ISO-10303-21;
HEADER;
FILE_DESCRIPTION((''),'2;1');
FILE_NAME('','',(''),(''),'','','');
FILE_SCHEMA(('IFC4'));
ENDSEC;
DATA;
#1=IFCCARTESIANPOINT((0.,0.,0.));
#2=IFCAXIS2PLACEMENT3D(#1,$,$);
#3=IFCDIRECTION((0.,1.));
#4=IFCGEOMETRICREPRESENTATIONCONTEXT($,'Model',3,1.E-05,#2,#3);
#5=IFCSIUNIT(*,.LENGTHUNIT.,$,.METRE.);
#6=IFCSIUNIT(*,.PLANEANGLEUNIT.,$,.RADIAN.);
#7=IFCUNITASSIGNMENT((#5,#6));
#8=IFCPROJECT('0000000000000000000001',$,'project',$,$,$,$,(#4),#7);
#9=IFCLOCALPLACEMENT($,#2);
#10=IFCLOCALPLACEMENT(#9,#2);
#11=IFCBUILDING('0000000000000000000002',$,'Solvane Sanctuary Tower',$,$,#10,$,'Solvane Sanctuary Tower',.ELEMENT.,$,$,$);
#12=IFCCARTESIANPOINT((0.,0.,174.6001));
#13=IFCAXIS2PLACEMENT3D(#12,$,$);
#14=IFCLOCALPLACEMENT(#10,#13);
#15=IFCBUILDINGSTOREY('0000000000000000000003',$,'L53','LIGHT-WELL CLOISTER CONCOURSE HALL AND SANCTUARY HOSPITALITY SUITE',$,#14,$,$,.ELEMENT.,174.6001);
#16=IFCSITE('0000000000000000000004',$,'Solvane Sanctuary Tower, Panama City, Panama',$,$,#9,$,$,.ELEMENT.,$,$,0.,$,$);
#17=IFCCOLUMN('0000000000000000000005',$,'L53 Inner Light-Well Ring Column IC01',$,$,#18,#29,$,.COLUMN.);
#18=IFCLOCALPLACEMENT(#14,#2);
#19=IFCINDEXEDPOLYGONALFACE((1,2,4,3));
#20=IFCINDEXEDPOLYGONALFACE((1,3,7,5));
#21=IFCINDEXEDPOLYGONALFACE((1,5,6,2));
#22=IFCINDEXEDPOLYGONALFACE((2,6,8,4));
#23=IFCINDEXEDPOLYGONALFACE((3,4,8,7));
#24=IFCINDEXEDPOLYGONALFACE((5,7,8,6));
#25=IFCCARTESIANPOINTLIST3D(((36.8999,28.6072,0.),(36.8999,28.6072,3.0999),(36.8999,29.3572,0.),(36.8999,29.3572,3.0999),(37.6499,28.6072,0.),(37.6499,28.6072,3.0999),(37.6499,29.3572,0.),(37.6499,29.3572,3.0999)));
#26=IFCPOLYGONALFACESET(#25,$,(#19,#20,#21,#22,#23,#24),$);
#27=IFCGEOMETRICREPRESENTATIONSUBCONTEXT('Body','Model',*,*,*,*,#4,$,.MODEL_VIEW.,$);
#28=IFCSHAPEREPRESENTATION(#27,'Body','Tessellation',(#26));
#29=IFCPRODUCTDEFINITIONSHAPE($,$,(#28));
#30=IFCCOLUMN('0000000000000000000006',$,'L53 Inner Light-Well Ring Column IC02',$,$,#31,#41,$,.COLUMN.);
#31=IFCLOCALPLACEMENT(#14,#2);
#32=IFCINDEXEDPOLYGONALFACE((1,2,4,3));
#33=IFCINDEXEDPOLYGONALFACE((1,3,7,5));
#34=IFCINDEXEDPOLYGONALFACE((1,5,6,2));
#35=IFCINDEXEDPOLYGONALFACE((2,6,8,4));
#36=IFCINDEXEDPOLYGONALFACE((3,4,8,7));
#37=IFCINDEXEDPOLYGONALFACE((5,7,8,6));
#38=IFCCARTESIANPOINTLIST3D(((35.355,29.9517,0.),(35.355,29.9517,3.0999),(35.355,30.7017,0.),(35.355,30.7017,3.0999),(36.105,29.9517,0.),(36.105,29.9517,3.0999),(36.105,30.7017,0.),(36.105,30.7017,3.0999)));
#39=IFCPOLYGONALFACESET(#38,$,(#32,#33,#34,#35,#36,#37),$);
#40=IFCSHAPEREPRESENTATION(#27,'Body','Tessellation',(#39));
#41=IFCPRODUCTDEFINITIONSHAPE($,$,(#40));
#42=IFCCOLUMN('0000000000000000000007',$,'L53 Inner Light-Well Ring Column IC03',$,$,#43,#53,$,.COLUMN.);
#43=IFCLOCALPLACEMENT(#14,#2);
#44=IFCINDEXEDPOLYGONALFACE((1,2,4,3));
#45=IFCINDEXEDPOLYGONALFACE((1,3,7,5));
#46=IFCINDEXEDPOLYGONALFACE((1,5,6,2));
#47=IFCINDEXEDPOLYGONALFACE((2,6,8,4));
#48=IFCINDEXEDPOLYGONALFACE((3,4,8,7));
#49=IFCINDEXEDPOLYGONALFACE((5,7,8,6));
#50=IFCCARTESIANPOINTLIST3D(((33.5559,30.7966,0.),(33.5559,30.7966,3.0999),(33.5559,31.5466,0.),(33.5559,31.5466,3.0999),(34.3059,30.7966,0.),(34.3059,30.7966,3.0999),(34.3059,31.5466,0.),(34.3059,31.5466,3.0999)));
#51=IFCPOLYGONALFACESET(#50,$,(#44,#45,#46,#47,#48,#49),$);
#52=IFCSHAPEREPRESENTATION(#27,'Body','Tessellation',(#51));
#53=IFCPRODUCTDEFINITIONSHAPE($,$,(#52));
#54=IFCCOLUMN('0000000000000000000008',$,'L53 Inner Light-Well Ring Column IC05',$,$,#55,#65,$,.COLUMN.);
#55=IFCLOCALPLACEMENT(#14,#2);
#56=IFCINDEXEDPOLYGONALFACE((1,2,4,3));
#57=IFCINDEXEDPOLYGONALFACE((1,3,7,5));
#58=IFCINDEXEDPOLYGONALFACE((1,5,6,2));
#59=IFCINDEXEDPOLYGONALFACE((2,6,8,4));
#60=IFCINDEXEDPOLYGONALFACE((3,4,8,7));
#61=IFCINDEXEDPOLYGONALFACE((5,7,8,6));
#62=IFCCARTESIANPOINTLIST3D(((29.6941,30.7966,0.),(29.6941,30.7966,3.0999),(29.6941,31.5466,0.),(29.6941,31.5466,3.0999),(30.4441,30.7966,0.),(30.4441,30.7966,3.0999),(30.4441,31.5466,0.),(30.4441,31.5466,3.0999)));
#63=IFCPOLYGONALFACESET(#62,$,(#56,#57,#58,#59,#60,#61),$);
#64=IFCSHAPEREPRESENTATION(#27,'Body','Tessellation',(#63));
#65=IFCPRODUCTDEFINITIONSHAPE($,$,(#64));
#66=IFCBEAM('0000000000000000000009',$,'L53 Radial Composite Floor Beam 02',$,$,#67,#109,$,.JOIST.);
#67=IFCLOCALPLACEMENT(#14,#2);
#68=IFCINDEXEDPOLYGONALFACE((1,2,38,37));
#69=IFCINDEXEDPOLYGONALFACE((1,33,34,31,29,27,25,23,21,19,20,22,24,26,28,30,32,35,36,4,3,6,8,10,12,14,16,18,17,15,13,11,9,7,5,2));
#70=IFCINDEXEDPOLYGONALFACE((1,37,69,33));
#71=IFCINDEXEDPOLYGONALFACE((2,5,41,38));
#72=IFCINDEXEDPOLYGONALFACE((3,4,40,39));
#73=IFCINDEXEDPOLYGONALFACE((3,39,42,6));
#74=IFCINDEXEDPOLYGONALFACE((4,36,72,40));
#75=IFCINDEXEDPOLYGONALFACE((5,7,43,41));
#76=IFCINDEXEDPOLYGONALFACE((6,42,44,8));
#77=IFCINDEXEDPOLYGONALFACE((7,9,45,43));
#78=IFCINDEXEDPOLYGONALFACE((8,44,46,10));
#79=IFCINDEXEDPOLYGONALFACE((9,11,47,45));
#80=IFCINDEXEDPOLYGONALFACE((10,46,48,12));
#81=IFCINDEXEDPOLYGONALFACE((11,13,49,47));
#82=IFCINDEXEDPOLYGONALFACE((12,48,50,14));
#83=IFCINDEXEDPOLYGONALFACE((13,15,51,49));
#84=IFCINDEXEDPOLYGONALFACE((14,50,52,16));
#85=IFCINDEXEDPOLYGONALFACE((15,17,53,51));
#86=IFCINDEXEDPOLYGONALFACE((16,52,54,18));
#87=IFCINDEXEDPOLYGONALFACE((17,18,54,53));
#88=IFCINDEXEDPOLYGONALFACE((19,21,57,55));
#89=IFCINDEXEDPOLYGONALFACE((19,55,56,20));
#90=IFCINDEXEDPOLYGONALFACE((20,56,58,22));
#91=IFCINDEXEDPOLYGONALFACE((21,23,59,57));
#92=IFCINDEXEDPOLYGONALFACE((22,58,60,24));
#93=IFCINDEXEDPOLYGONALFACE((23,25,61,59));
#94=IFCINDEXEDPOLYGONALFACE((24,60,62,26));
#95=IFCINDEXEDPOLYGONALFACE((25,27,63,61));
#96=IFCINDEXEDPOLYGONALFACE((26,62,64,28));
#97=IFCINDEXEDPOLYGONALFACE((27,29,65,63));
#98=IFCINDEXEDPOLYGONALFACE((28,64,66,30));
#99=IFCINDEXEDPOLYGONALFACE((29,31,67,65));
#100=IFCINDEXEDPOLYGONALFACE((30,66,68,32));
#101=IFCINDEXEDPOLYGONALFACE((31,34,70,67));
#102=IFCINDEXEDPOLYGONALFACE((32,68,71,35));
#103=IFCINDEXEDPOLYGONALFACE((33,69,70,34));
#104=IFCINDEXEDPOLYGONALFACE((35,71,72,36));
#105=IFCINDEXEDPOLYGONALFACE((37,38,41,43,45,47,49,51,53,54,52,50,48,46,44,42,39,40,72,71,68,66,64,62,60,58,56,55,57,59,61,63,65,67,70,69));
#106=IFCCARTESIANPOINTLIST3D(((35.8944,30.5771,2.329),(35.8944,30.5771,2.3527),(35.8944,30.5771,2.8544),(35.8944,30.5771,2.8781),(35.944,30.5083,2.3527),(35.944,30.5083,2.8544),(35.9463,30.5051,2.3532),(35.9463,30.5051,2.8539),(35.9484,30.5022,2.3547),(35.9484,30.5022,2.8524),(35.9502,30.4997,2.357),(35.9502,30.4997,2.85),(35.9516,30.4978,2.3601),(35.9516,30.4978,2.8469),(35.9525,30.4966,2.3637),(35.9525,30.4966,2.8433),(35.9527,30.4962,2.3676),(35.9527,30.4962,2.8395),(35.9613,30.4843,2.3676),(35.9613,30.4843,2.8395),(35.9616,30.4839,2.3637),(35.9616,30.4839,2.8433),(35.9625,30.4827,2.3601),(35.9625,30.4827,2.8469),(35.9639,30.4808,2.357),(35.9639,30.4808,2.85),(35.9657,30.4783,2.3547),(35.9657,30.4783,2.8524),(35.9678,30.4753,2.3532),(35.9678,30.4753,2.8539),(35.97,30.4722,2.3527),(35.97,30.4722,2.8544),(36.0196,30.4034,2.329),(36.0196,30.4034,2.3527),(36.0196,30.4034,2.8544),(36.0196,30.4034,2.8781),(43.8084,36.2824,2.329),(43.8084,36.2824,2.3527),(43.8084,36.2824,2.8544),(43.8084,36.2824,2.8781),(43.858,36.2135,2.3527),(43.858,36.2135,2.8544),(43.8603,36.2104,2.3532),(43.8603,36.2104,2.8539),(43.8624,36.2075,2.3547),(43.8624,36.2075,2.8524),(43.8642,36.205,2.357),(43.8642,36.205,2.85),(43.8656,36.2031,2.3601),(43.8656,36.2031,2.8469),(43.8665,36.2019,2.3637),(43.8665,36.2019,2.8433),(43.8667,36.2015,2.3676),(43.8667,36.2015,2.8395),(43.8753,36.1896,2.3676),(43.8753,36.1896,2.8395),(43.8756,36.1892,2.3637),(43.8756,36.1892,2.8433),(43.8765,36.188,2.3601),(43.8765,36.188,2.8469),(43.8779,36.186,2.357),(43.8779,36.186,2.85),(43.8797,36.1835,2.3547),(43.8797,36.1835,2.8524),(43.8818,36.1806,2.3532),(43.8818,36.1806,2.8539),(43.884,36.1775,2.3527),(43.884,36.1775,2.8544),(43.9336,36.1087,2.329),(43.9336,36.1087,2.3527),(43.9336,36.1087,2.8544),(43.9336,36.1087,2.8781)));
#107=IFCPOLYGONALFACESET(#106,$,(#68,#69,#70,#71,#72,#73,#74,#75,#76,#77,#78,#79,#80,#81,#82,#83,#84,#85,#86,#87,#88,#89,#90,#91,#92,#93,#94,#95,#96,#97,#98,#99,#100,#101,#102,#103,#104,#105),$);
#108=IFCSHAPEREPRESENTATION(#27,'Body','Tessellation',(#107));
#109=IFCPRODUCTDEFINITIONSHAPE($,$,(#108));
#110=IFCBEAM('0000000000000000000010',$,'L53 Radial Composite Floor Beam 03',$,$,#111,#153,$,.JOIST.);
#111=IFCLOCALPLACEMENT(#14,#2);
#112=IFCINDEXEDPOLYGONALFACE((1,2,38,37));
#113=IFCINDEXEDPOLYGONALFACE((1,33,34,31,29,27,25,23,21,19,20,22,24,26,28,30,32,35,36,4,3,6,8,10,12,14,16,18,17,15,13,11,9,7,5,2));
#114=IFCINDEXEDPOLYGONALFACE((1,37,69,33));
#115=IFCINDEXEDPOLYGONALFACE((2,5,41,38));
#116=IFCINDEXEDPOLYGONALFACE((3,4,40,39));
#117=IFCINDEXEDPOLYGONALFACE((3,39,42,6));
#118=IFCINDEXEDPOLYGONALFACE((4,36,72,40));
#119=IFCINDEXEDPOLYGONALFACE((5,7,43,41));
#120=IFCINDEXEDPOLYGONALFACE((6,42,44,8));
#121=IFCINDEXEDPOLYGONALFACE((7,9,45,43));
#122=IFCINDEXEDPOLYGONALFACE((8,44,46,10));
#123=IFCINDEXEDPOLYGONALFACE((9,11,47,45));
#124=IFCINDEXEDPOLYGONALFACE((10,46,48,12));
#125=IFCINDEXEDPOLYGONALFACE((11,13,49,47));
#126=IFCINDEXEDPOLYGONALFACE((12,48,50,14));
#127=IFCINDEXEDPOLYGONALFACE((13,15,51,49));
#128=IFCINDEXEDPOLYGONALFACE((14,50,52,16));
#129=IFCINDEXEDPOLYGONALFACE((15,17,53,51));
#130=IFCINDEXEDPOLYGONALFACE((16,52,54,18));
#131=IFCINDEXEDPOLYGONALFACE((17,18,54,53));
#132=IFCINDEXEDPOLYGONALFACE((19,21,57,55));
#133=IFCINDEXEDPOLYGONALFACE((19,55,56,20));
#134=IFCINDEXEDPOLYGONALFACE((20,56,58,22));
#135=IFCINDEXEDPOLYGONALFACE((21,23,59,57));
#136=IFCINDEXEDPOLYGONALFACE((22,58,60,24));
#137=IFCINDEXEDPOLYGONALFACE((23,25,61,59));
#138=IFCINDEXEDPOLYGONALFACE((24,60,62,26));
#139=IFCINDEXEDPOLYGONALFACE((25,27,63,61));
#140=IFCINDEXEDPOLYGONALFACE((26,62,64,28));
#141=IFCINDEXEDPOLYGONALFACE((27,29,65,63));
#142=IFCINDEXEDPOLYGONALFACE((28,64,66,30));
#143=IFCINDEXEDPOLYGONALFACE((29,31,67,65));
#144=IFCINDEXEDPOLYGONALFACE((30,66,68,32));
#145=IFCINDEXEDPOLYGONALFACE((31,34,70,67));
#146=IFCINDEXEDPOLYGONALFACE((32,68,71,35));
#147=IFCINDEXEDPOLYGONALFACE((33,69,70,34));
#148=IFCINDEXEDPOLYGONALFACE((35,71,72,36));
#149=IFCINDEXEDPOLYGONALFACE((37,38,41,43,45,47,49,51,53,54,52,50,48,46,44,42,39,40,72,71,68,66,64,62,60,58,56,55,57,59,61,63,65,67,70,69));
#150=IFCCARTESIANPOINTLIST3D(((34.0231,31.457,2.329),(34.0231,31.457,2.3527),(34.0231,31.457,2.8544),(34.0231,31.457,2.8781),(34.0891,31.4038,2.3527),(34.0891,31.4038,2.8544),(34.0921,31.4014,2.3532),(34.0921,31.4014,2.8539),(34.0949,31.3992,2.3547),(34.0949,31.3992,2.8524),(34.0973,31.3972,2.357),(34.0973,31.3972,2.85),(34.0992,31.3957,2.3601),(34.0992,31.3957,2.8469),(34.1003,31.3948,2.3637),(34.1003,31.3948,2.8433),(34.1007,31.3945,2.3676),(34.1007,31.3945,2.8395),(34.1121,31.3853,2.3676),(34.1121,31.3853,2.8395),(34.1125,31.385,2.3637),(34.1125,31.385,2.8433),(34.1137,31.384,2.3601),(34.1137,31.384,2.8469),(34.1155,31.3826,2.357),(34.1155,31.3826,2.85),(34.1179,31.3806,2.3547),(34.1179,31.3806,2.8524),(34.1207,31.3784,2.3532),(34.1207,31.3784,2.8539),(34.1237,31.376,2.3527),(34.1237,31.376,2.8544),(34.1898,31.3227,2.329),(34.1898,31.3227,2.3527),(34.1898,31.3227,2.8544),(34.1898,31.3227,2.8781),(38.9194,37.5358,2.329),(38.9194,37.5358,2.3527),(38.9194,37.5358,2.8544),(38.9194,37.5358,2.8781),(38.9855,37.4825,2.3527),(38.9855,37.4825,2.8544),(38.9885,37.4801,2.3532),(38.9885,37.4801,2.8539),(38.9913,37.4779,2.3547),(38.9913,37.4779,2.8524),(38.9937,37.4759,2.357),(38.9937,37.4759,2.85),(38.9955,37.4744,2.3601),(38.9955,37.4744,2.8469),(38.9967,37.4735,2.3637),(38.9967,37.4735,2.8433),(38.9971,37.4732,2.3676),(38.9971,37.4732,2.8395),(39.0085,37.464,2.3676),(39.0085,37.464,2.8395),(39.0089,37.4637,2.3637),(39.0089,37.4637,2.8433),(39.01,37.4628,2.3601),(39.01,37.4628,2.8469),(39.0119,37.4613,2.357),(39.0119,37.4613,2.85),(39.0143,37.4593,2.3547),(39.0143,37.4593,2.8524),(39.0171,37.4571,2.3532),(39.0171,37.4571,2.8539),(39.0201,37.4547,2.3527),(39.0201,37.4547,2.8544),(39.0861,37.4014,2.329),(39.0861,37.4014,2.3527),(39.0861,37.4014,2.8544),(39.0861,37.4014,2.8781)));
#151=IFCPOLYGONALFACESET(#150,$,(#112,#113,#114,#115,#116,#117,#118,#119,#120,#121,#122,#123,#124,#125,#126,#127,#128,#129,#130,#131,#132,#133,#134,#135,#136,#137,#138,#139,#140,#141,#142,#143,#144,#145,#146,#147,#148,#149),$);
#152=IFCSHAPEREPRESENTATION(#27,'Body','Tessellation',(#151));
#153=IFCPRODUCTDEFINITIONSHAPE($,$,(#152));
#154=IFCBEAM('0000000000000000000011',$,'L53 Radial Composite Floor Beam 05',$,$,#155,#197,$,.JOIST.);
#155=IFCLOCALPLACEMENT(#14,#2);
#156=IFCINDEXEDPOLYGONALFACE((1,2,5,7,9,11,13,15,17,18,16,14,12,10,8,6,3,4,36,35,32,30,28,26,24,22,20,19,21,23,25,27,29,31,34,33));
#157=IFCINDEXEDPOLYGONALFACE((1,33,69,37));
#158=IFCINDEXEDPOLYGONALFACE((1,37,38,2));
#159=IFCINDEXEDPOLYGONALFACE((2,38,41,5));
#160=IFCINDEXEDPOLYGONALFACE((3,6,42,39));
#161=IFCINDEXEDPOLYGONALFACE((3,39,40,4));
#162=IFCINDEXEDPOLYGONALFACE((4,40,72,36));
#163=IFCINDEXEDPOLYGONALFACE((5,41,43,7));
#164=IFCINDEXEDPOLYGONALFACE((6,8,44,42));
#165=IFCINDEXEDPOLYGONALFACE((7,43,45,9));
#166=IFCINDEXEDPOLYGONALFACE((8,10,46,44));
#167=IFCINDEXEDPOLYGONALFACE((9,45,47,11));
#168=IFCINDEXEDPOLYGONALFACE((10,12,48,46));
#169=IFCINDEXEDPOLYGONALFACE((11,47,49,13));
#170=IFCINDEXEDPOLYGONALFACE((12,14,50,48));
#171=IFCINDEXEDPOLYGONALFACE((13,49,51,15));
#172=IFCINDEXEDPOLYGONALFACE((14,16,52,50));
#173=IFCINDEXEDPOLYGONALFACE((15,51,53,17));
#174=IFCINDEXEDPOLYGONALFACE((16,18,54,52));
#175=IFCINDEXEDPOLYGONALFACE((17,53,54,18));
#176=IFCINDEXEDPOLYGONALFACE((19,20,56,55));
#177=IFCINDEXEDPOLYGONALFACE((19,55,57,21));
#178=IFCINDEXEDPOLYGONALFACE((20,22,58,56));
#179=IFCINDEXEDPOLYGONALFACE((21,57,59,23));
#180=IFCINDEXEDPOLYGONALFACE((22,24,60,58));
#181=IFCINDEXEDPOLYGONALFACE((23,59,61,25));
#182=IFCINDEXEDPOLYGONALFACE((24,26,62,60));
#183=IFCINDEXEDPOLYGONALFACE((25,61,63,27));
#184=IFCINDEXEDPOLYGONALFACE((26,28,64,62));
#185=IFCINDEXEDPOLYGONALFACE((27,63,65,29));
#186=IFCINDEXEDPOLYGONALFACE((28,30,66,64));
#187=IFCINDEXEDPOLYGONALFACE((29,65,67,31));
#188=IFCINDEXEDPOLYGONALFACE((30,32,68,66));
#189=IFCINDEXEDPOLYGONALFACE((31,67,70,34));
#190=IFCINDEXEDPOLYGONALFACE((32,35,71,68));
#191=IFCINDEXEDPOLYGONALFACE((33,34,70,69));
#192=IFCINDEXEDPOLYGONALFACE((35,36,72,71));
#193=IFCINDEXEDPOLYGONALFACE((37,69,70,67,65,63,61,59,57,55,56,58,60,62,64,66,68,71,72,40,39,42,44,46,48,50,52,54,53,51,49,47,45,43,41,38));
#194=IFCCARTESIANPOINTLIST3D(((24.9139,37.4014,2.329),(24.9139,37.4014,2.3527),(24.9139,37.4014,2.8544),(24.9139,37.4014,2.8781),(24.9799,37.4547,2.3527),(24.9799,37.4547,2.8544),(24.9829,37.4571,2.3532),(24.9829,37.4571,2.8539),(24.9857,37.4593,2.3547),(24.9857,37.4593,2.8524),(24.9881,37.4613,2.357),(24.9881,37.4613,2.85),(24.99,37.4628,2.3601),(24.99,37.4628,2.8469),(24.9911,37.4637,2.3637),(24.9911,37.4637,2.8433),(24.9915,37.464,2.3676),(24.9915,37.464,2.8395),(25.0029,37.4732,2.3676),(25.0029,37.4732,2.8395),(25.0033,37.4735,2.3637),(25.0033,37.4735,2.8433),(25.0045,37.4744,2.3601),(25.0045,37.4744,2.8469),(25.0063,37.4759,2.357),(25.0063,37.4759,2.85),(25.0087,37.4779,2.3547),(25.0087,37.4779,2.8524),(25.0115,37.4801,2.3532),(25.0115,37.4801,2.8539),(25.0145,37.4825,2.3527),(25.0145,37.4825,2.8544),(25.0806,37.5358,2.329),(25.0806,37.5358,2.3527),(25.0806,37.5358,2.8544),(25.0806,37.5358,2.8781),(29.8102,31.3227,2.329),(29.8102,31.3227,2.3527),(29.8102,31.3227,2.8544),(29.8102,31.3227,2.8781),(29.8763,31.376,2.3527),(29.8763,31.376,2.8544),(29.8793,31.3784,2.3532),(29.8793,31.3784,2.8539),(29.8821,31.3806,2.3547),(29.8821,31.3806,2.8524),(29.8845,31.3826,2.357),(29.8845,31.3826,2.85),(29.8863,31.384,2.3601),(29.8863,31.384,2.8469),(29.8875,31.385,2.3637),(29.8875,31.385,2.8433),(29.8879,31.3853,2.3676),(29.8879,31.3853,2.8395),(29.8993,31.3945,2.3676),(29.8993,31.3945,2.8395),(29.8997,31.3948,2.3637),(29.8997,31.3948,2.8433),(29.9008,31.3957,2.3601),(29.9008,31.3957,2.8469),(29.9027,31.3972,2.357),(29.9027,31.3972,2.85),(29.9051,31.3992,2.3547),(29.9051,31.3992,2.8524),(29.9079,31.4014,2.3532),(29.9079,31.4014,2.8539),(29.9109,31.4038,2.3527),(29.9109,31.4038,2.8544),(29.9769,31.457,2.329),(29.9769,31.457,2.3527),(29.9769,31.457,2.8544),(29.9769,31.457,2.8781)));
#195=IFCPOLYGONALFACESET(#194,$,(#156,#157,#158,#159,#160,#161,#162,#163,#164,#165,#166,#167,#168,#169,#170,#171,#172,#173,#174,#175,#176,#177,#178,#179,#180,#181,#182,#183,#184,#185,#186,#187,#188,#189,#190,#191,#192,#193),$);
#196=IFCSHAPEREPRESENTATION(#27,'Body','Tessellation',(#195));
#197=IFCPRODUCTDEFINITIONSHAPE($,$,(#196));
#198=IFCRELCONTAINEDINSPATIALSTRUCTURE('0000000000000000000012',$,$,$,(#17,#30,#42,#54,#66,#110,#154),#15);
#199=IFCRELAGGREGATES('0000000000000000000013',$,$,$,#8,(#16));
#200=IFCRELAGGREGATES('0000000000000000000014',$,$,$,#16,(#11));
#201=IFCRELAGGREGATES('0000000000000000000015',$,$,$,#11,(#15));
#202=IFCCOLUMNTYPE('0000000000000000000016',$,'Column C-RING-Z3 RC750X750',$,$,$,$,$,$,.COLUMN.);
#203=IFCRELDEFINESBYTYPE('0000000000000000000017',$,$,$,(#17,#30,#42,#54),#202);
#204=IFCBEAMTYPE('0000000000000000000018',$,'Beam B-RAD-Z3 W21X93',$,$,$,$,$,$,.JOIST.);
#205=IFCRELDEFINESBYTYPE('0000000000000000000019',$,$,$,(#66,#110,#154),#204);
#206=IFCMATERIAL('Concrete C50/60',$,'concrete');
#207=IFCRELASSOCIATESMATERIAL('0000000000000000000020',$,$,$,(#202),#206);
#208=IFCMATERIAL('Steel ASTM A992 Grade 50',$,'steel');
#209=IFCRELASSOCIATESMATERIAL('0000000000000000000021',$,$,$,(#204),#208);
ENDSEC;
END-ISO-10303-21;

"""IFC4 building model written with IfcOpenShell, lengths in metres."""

from ifc_helpers import new_model, si_unit, direction, frame, origin, origin_2d, place, context, subcontext, project, spatial, rectangle, i_section, extrude, material, material_profile, profile_set, type_object, element, save


model = new_model("IFC4")

# Units and contexts
model_context = context("Model", 3, precision=1e-05, world=origin(), true_north=direction((0.0, 1.0)))
body_context = subcontext(model_context, "Body", "Model", "MODEL_VIEW")
ifc_project = project(units=[si_unit("LENGTHUNIT", "METRE"), si_unit("PLANEANGLEUNIT", "RADIAN")], contexts=[model_context])

# Site, building, storey
site_placement = place(None, origin())
site = spatial("IfcSite", under=ifc_project, at=site_placement, Name="Solvane Sanctuary Tower, Panama City, Panama", CompositionType="ELEMENT", RefElevation=0.0)
building_placement = place(site_placement, origin())
building = spatial("IfcBuilding", under=site, at=building_placement, Name="Solvane Sanctuary Tower", LongName="Solvane Sanctuary Tower", CompositionType="ELEMENT")
storey_placement = place(building_placement, frame((0.0, 0.0, 174.6001)))
storey = spatial("IfcBuildingStorey", under=building, at=storey_placement, Name="L53", Description="LIGHT-WELL CLOISTER CONCOURSE HALL AND SANCTUARY HOSPITALITY SUITE", CompositionType="ELEMENT", Elevation=174.6001)

# Columns
ifc_material_1 = material(Name="Concrete C50/60", Category="concrete")
ifc_material_profile_1 = material_profile(ifc_material_1, rectangle(XDim=0.75, YDim=0.75, at=origin_2d()), Name="RC750X750")
ifc_profile_set_1 = profile_set([ifc_material_profile_1], Name="Concrete C50/60")
column_type = type_object("IfcColumnType", Name="Column C-RING-Z3 RC750X750", PredefinedType="COLUMN", material=ifc_profile_set_1)
for number, where, z_axis, x_axis, name in (
    (1, (37.2749, 28.9822, 0.0), (0.0, 0.0, 1.0), (1.0, 0.0, 0.0), "L53 Inner Light-Well Ring Column IC01"),
    (2, (35.73, 30.3267, 0.0), (0.0, 0.0, 1.0), (1.0, 0.0, 0.0), "L53 Inner Light-Well Ring Column IC02"),
    (3, (33.9309, 31.1716, 0.0), (0.0, 0.0, 1.0), (1.0, 0.0, 0.0), "L53 Inner Light-Well Ring Column IC03"),
    (4, (30.0691, 31.1716, 0.0), (0.0, 0.0, 1.0), (1.0, 0.0, 0.0), "L53 Inner Light-Well Ring Column IC05"),
):
    element("IfcColumn", number, at=place(storey_placement, frame(where, z_axis=z_axis, x_axis=x_axis)), inside=storey, type_object=column_type, Name=name, PredefinedType="COLUMN", context=body_context, shape_type="SweptSolid", body=[
        extrude(rectangle(XDim=0.75, YDim=0.75, at=origin_2d()), origin(), (0.0, 0.0, 1.0), 3.0999),
    ])

# Beams
ifc_material_2 = material(Name="Steel ASTM A992 Grade 50", Category="steel")
ifc_material_profile_2 = material_profile(ifc_material_2, i_section(OverallWidth=0.2141, OverallDepth=0.5491, WebThickness=0.0146, FlangeThickness=0.0237, FilletRadius=0.0149, at=origin_2d()), Name="W21X93")
ifc_profile_set_2 = profile_set([ifc_material_profile_2], Name="Steel ASTM A992 Grade 50")
beam_type_1 = type_object("IfcBeamType", Name="Beam B-RAD-Z3 W21X93", PredefinedType="JOIST", material=ifc_profile_set_2)
beam_1_placement = place(storey_placement, frame((35.957, 30.4902, 2.6035), z_axis=(0.811184, 0.58479, 0.0), x_axis=(-0.58479, 0.811184, 0.0)))
element("IfcBeam", 5, at=beam_1_placement, inside=storey, type_object=beam_type_1, Name="L53 Radial Composite Floor Beam 02", PredefinedType="JOIST", context=body_context, shape_type="SweptSolid", body=[
    extrude(i_section(OverallWidth=0.2141, OverallDepth=0.5491, WebThickness=0.0146, FlangeThickness=0.0237, FilletRadius=0.0149, at=origin_2d()), origin(), (0.0, 0.0, 1.0), 9.7561),
])
for number, where, z_axis, x_axis, name in (
    (6, (34.1064, 31.3899, 2.6035), (0.627297, 0.77878, 0.0), (-0.77878, 0.627297, 0.0), "L53 Radial Composite Floor Beam 03"),
    (7, (29.8936, 31.3899, 2.6035), (-0.627297, 0.77878, 0.0), (-0.77878, -0.627297, 0.0), "L53 Radial Composite Floor Beam 05"),
):
    element("IfcBeam", number, at=place(storey_placement, frame(where, z_axis=z_axis, x_axis=x_axis)), inside=storey, type_object=beam_type_1, Name=name, PredefinedType="JOIST", context=body_context, shape_type="SweptSolid", body=[
        extrude(i_section(OverallWidth=0.2141, OverallDepth=0.5491, WebThickness=0.0146, FlangeThickness=0.0237, FilletRadius=0.0149, at=origin_2d()), origin(), (0.0, 0.0, 1.0), 7.8054),
    ])

save(model, "model.ifc")
